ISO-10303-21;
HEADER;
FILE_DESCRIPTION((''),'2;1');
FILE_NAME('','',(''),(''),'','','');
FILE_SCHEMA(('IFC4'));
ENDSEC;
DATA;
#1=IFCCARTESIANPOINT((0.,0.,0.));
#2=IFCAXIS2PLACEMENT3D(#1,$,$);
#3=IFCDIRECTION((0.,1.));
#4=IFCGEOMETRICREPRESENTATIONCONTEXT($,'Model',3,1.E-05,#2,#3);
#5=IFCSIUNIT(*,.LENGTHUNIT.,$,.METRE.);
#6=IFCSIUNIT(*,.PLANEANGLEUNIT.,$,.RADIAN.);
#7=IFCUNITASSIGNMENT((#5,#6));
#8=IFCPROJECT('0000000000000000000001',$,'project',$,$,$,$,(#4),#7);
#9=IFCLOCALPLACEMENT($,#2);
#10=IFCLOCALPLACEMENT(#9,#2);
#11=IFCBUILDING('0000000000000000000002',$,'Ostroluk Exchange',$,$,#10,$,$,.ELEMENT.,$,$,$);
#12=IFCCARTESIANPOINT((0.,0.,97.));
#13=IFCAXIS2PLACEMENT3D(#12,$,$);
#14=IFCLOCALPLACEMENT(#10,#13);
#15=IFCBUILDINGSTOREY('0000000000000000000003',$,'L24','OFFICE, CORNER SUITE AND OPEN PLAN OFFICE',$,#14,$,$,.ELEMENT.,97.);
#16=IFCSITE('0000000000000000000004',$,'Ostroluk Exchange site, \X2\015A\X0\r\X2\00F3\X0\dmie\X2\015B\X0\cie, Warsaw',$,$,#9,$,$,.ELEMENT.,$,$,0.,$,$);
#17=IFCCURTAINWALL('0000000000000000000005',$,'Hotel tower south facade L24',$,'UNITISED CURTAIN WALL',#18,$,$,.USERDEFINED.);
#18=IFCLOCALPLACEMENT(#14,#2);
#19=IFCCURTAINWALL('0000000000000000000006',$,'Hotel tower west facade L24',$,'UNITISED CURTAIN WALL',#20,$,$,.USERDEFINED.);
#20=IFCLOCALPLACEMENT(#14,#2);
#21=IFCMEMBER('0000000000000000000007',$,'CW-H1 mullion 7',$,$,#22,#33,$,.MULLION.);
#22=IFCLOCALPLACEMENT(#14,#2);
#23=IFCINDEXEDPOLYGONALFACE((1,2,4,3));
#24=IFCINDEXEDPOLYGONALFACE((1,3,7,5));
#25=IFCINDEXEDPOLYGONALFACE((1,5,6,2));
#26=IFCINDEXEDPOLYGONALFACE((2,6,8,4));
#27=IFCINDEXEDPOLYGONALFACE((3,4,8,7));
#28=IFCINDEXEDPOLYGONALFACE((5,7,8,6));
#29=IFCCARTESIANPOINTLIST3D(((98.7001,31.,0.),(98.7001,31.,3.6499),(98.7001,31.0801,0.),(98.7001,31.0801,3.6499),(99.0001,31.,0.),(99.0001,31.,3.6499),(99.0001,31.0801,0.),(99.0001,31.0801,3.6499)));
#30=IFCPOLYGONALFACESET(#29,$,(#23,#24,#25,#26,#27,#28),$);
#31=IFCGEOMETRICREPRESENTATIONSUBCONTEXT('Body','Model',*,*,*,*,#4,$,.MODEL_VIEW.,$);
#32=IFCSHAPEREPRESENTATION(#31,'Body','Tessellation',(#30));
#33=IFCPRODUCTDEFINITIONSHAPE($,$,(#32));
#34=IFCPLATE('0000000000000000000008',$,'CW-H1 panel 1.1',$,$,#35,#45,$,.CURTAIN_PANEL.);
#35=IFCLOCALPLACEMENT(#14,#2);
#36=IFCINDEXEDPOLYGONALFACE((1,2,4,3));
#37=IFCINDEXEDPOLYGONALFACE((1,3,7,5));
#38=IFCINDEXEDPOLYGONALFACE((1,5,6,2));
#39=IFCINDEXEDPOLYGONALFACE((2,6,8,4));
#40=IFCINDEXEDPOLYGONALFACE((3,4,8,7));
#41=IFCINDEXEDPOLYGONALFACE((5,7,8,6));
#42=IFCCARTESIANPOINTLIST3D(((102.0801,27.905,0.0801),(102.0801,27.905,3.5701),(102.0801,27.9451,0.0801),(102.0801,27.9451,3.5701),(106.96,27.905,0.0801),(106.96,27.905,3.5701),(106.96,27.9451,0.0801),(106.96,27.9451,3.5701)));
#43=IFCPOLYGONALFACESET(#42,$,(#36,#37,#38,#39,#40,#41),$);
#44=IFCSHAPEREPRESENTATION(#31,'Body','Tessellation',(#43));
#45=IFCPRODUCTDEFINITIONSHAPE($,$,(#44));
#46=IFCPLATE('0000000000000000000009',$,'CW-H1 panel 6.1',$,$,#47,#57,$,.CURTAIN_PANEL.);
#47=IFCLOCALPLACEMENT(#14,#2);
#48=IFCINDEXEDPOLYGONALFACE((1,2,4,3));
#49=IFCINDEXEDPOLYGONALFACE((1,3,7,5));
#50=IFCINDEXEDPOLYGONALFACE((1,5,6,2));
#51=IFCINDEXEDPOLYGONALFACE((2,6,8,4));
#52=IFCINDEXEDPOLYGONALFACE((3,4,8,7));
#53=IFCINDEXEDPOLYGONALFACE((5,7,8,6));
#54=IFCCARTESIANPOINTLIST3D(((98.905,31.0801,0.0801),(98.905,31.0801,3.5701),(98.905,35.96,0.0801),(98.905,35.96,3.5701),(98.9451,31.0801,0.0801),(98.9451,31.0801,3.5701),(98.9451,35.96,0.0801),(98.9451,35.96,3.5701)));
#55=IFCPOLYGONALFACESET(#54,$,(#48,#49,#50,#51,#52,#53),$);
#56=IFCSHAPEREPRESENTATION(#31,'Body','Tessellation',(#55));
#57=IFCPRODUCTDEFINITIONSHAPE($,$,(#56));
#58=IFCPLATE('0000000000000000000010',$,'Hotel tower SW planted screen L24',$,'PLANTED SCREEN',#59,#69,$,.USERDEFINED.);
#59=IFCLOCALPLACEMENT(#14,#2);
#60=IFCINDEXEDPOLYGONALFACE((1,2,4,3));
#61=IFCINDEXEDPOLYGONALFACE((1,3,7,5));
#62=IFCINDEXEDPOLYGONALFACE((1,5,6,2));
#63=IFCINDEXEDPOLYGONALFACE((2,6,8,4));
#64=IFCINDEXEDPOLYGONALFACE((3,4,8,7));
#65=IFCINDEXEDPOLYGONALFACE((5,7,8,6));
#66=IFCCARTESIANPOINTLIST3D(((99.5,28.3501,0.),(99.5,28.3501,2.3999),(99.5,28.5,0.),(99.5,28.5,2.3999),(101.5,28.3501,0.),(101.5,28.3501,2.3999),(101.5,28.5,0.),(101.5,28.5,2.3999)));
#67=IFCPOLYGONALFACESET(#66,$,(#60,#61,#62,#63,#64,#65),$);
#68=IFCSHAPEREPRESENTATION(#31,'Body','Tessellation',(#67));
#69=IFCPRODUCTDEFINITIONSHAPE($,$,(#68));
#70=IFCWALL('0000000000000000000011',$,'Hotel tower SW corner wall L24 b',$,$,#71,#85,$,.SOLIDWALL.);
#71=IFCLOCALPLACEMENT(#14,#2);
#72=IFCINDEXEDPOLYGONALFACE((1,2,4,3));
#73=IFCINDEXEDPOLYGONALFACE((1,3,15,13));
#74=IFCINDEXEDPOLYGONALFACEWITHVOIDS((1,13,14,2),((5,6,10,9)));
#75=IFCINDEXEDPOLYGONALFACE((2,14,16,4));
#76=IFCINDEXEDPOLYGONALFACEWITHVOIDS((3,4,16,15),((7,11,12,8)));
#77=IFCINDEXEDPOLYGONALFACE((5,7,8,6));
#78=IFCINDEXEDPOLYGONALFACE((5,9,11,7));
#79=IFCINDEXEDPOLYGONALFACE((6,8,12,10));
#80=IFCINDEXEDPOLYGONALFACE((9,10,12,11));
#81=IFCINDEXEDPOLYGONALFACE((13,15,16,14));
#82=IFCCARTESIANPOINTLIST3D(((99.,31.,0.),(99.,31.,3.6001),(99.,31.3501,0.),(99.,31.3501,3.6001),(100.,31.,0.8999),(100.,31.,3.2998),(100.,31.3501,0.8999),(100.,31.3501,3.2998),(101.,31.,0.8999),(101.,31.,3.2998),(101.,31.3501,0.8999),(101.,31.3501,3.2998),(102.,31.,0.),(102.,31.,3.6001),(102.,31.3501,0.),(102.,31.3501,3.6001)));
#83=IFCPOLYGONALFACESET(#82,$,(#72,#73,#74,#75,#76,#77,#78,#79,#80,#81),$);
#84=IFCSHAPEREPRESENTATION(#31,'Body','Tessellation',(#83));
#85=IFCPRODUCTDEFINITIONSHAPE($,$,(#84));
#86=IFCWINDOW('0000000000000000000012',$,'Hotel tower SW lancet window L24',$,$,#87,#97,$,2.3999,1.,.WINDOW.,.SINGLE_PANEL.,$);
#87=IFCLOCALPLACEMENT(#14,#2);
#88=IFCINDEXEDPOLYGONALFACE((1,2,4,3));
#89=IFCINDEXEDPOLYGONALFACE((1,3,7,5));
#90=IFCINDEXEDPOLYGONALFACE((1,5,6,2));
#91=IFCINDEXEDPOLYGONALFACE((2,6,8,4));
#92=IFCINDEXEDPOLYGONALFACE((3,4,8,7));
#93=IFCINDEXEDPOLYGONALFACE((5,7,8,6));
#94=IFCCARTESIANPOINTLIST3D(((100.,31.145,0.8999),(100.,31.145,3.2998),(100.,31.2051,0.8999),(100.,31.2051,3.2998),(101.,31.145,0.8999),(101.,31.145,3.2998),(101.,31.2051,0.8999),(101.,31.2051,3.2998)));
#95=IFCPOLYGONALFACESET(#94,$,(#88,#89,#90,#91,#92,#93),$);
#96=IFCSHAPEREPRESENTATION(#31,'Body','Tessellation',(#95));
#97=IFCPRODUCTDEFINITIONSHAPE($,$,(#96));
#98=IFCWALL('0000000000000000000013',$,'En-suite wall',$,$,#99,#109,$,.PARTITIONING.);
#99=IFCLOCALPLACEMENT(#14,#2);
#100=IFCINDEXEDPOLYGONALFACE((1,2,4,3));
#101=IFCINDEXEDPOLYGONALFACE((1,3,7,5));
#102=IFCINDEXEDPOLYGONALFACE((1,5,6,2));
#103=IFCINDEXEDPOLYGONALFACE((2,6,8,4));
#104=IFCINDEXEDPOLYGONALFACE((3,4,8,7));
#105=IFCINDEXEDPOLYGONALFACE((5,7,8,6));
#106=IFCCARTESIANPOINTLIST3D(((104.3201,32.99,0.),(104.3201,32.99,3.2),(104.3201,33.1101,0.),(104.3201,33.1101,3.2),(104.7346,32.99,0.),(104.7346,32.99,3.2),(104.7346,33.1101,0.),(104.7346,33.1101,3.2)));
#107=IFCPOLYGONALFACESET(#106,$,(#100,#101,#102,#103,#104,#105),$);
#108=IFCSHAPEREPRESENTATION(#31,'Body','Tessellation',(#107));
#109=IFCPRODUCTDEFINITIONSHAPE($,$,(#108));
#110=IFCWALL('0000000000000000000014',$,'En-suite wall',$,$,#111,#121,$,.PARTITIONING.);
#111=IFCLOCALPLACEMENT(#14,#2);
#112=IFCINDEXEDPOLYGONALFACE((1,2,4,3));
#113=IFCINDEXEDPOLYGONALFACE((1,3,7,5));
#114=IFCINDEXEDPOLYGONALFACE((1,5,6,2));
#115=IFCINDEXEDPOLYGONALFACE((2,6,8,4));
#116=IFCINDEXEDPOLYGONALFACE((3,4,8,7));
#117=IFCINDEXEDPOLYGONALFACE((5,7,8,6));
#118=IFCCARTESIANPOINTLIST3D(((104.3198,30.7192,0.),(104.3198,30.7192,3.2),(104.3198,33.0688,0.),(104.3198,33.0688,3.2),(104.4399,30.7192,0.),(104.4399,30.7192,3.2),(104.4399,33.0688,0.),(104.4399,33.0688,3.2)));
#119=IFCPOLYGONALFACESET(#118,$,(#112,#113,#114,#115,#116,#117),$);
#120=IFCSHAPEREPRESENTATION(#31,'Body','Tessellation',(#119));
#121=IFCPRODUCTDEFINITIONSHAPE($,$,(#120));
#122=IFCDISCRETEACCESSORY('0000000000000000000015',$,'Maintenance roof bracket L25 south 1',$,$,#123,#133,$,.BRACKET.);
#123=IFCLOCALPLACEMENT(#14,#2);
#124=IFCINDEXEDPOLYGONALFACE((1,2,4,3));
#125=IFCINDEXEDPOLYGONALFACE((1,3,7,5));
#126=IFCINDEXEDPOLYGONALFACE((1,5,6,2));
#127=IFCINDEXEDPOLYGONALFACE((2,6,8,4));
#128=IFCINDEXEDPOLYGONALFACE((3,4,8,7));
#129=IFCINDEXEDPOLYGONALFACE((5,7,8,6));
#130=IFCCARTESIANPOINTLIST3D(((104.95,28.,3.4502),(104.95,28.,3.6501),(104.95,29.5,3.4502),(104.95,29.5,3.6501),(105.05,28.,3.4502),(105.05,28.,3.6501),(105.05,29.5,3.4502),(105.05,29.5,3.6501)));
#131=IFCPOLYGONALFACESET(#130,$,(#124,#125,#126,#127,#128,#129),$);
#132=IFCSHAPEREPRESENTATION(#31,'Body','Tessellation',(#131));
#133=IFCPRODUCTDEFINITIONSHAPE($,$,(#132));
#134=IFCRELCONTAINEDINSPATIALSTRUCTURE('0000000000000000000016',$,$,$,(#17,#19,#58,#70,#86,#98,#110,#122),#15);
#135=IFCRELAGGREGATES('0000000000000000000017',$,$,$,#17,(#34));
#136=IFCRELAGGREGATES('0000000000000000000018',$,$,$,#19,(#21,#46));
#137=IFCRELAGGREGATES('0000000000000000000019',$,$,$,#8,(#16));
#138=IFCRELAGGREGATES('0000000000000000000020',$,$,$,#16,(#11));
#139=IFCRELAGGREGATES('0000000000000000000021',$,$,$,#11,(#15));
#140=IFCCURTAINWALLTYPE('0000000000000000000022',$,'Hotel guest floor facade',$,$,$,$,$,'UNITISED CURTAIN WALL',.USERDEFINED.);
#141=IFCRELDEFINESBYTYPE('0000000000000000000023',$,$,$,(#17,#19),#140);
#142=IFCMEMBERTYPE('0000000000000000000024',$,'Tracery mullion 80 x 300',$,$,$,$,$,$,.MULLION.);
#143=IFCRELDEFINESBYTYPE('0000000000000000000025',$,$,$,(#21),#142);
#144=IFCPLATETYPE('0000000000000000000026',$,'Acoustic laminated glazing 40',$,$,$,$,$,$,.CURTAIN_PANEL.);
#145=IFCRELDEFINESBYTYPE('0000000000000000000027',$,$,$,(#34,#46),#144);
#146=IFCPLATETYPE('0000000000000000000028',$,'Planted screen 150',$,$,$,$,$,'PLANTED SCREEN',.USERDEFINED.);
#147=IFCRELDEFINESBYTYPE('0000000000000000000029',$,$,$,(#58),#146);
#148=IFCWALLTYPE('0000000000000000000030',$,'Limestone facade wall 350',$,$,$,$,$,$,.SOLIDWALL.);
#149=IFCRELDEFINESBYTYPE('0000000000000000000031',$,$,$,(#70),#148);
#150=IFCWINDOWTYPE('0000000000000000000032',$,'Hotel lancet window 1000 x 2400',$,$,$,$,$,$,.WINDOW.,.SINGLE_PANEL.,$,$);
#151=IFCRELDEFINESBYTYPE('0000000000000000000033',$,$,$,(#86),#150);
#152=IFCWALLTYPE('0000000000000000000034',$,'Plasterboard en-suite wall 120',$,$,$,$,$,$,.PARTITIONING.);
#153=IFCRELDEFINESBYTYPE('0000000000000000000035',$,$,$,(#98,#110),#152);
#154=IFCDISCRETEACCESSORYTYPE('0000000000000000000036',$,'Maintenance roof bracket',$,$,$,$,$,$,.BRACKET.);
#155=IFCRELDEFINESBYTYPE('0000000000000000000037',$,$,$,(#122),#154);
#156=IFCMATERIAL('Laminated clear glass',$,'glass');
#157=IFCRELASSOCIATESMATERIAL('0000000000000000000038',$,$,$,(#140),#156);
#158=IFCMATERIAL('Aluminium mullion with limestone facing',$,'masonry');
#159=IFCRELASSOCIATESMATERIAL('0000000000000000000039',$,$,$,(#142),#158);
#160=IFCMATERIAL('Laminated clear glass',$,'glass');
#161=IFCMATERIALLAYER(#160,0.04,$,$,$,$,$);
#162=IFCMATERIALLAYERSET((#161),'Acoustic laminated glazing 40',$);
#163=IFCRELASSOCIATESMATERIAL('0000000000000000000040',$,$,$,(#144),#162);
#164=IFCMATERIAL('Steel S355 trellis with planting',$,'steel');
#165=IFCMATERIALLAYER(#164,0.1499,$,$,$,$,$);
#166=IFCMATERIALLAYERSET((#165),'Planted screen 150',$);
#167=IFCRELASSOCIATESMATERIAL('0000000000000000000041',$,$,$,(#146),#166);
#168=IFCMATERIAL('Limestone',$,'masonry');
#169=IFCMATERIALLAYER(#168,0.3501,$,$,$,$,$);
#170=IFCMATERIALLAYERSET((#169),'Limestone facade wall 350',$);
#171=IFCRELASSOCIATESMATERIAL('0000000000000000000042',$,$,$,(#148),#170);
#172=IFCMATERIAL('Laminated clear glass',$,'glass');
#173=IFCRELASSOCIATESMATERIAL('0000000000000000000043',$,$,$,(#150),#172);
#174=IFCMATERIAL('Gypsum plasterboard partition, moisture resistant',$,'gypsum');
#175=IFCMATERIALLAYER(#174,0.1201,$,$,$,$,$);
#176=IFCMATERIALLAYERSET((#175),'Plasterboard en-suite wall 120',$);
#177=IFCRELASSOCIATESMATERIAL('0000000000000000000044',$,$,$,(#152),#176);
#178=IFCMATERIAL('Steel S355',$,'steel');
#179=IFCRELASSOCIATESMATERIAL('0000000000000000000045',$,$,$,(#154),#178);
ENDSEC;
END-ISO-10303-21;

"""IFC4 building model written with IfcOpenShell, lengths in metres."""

from ifc_helpers import new_model, si_unit, direction, frame, frame_2d, origin, origin_2d, place, context, subcontext, project, spatial, rectangle, extrude, material, layer, layer_set, material_profile, profile_set, type_object, element, fill, aggregate, save


model = new_model("IFC4")

# Units and contexts
model_context = context("Model", 3, precision=1e-05, world=origin(), true_north=direction((0.0, 1.0)))
body_context = subcontext(model_context, "Body", "Model", "MODEL_VIEW")
ifc_project = project(units=[si_unit("LENGTHUNIT", "METRE"), si_unit("PLANEANGLEUNIT", "RADIAN")], contexts=[model_context])

# Site, building, storey
site_placement = place(None, origin())
site = spatial("IfcSite", under=ifc_project, at=site_placement, Name="Ostroluk Exchange site, Śródmieście, Warsaw", CompositionType="ELEMENT", RefElevation=0.0)
building_placement = place(site_placement, origin())
building = spatial("IfcBuilding", under=site, at=building_placement, Name="Ostroluk Exchange", CompositionType="ELEMENT")
storey_placement = place(building_placement, frame((0.0, 0.0, 97.0)))
storey = spatial("IfcBuildingStorey", under=building, at=storey_placement, Name="L24", Description="OFFICE, CORNER SUITE AND OPEN PLAN OFFICE", CompositionType="ELEMENT", Elevation=97.0)

# Curtain wall
ifc_material_1 = material(Name="Laminated clear glass", Category="glass")
curtain_wall_type = type_object("IfcCurtainWallType", Name="Hotel guest floor facade", ElementType="UNITISED CURTAIN WALL", PredefinedType="USERDEFINED", material=ifc_material_1)
curtain_wall_1_placement = place(storey_placement, origin())
curtain_wall_1 = element("IfcCurtainWall", 1, at=curtain_wall_1_placement, inside=storey, type_object=curtain_wall_type, Name="Hotel tower south facade L24", ObjectType="UNITISED CURTAIN WALL", PredefinedType="USERDEFINED")
ifc_material_2 = material(Name="Aluminium mullion with limestone facing", Category="masonry")
ifc_material_profile_1 = material_profile(ifc_material_2, rectangle(XDim=0.3, YDim=0.0801, at=origin_2d()), Name="Tracery mullion 80 x 300")
ifc_profile_set_1 = profile_set([ifc_material_profile_1], Name="Aluminium mullion with limestone facing")
member_type_1 = type_object("IfcMemberType", Name="Tracery mullion 80 x 300", PredefinedType="MULLION", material=ifc_profile_set_1)

# Curtain wall, member
curtain_wall_2_placement = place(storey_placement, origin())
curtain_wall_2 = element("IfcCurtainWall", 2, at=curtain_wall_2_placement, inside=storey, type_object=curtain_wall_type, Name="Hotel tower west facade L24", ObjectType="UNITISED CURTAIN WALL", PredefinedType="USERDEFINED")
member_1_placement = place(storey_placement, frame((98.8501, 31.04, 0.0), z_axis=(0.0, 0.0, 1.0), x_axis=(1.0, 0.0, 0.0)))
member_1 = element("IfcMember", 3, at=member_1_placement, type_object=member_type_1, Name="CW-H1 mullion 7", PredefinedType="MULLION", context=body_context, shape_type="SweptSolid", body=[
    extrude(rectangle(XDim=0.3, YDim=0.0801, at=origin_2d()), origin(), (0.0, 0.0, 1.0), 3.6499),
])

# Plates
ifc_material_3 = material(Name="Laminated clear glass", Category="glass")
ifc_layer_1 = layer(ifc_material_3, 0.04)
ifc_layer_set_1 = layer_set([ifc_layer_1], Name="Acoustic laminated glazing 40")
plate_type_1 = type_object("IfcPlateType", Name="Acoustic laminated glazing 40", PredefinedType="CURTAIN_PANEL", material=ifc_layer_set_1)
plate_1_placement = place(storey_placement, frame((104.52, 27.925, 0.0801), z_axis=(0.0, 0.0, 1.0), x_axis=(1.0, 0.0, 0.0)))
plate_1 = element("IfcPlate", 4, at=plate_1_placement, type_object=plate_type_1, Name="CW-H1 panel 1.1", PredefinedType="CURTAIN_PANEL", context=body_context, shape_type="SweptSolid", body=[
    extrude(rectangle(XDim=4.8799, YDim=0.04, at=origin_2d()), origin(), (0.0, 0.0, 1.0), 3.49),
])
aggregate(curtain_wall_1, [plate_1])
plate_2_placement = place(storey_placement, frame((98.925, 33.52, 0.0801), z_axis=(0.0, 0.0, 1.0), x_axis=(0.0, -1.0, 0.0)))
plate_2 = element("IfcPlate", 5, at=plate_2_placement, type_object=plate_type_1, Name="CW-H1 panel 6.1", PredefinedType="CURTAIN_PANEL", context=body_context, shape_type="SweptSolid", body=[
    extrude(rectangle(XDim=4.8799, YDim=0.04, at=origin_2d()), origin(), (0.0, 0.0, 1.0), 3.49),
])
aggregate(curtain_wall_2, [member_1, plate_2])
ifc_material_4 = material(Name="Steel S355 trellis with planting", Category="steel")
ifc_layer_2 = layer(ifc_material_4, 0.1499)
ifc_layer_set_2 = layer_set([ifc_layer_2], Name="Planted screen 150")
plate_type_2 = type_object("IfcPlateType", Name="Planted screen 150", ElementType="PLANTED SCREEN", PredefinedType="USERDEFINED", material=ifc_layer_set_2)
plate_3_placement = place(storey_placement, frame((100.5, 28.425, 0.0), z_axis=(0.0, 0.0, 1.0), x_axis=(1.0, 0.0, 0.0)))
element("IfcPlate", 6, at=plate_3_placement, inside=storey, type_object=plate_type_2, Name="Hotel tower SW planted screen L24", ObjectType="PLANTED SCREEN", PredefinedType="USERDEFINED", context=body_context, shape_type="SweptSolid", body=[
    extrude(rectangle(XDim=2.0, YDim=0.1499, at=origin_2d()), origin(), (0.0, 0.0, 1.0), 2.3999),
])

# Shared definitions
ifc_material_5 = material(Name="Limestone", Category="masonry")
ifc_layer_3 = layer(ifc_material_5, 0.3501)
ifc_layer_set_3 = layer_set([ifc_layer_3], Name="Limestone facade wall 350")
wall_type_1 = type_object("IfcWallType", Name="Limestone facade wall 350", PredefinedType="SOLIDWALL", material=ifc_layer_set_3)

# Wall, opening, window
wall_1_placement = place(storey_placement, frame((102.0, 31.175, 0.0), z_axis=(0.0, 0.0, 1.0), x_axis=(-1.0, 0.0, 0.0)))
wall_1 = element("IfcWall", 7, at=wall_1_placement, inside=storey, type_object=wall_type_1, Name="Hotel tower SW corner wall L24 b", PredefinedType="SOLIDWALL", context=body_context, shape_type="SweptSolid", body=[
    extrude(rectangle(XDim=3.0, YDim=0.3501, at=frame_2d((1.5, 0.0))), origin(), (0.0, 0.0, 1.0), 3.6001),
])
opening_1_placement = place(wall_1_placement, frame((1.0, 0.0, 0.8999)))
opening_1 = element("IfcOpeningElement", 8, at=opening_1_placement, cuts=wall_1, PredefinedType="OPENING", context=body_context, shape_type="SweptSolid", body=[
    extrude(rectangle(XDim=1.0, YDim=2.3999, at=frame_2d((0.5, 1.2))), frame((0.0, 0.1851, 0.0), z_axis=(0.0, -1.0, 0.0), x_axis=(1.0, 0.0, 0.0)), (0.0, 0.0, 1.0), 0.3701),
])
ifc_material_6 = material(Name="Laminated clear glass", Category="glass")
window_type = type_object("IfcWindowType", Name="Hotel lancet window 1000 x 2400", PartitioningType="SINGLE_PANEL", PredefinedType="WINDOW", material=ifc_material_6)
window_placement = place(opening_1_placement, origin())
window = element("IfcWindow", 9, at=window_placement, inside=storey, type_object=window_type, Name="Hotel tower SW lancet window L24", OverallHeight=2.3999, OverallWidth=1.0, PartitioningType="SINGLE_PANEL", PredefinedType="WINDOW", context=body_context, shape_type="SweptSolid", body=[
    extrude(rectangle(XDim=1.0, YDim=2.3999, at=frame_2d((0.5, 1.2))), frame((0.0, 0.03, 0.0), z_axis=(0.0, -1.0, 0.0), x_axis=(1.0, 0.0, 0.0)), (0.0, 0.0, 1.0), 0.0601),
])
fill(opening_1, window)

# Walls
ifc_material_7 = material(Name="Gypsum plasterboard partition, moisture resistant", Category="gypsum")
ifc_layer_4 = layer(ifc_material_7, 0.1201)
ifc_layer_set_4 = layer_set([ifc_layer_4], Name="Plasterboard en-suite wall 120")
wall_type_2 = type_object("IfcWallType", Name="Plasterboard en-suite wall 120", PredefinedType="PARTITIONING", material=ifc_layer_set_4)
wall_2_placement = place(storey_placement, frame((104.7346, 33.05, 0.0), z_axis=(0.0, 0.0, 1.0), x_axis=(-1.0, 0.0, 0.0)))
element("IfcWall", 10, at=wall_2_placement, inside=storey, type_object=wall_type_2, Name="En-suite wall", PredefinedType="PARTITIONING", context=body_context, shape_type="SweptSolid", body=[
    extrude(rectangle(XDim=0.4146, YDim=0.1201, at=frame_2d((0.2073, 0.0))), origin(), (0.0, 0.0, 1.0), 3.2),
])
wall_3_placement = place(storey_placement, frame((104.3799, 33.0688, 0.0), z_axis=(0.0, 0.0, 1.0), x_axis=(0.0, -1.0, 0.0)))
element("IfcWall", 11, at=wall_3_placement, inside=storey, type_object=wall_type_2, Name="En-suite wall", PredefinedType="PARTITIONING", context=body_context, shape_type="SweptSolid", body=[
    extrude(rectangle(XDim=2.3496, YDim=0.1201, at=frame_2d((1.1748, 0.0))), origin(), (0.0, 0.0, 1.0), 3.2),
])

# Discrete accessory
ifc_material_8 = material(Name="Steel S355", Category="steel")
discrete_accessory_type = type_object("IfcDiscreteAccessoryType", Name="Maintenance roof bracket", PredefinedType="BRACKET", material=ifc_material_8)
discrete_accessory_placement = place(storey_placement, frame((105.0, 28.75, 3.4502), z_axis=(0.0, 0.0, 1.0), x_axis=(1.0, 0.0, 0.0)))
element("IfcDiscreteAccessory", 12, at=discrete_accessory_placement, inside=storey, type_object=discrete_accessory_type, Name="Maintenance roof bracket L25 south 1", PredefinedType="BRACKET", context=body_context, shape_type="SweptSolid", body=[
    extrude(rectangle(XDim=0.1001, YDim=1.5, at=origin_2d()), origin(), (0.0, 0.0, 1.0), 0.2),
])

save(model, "model.ifc")
